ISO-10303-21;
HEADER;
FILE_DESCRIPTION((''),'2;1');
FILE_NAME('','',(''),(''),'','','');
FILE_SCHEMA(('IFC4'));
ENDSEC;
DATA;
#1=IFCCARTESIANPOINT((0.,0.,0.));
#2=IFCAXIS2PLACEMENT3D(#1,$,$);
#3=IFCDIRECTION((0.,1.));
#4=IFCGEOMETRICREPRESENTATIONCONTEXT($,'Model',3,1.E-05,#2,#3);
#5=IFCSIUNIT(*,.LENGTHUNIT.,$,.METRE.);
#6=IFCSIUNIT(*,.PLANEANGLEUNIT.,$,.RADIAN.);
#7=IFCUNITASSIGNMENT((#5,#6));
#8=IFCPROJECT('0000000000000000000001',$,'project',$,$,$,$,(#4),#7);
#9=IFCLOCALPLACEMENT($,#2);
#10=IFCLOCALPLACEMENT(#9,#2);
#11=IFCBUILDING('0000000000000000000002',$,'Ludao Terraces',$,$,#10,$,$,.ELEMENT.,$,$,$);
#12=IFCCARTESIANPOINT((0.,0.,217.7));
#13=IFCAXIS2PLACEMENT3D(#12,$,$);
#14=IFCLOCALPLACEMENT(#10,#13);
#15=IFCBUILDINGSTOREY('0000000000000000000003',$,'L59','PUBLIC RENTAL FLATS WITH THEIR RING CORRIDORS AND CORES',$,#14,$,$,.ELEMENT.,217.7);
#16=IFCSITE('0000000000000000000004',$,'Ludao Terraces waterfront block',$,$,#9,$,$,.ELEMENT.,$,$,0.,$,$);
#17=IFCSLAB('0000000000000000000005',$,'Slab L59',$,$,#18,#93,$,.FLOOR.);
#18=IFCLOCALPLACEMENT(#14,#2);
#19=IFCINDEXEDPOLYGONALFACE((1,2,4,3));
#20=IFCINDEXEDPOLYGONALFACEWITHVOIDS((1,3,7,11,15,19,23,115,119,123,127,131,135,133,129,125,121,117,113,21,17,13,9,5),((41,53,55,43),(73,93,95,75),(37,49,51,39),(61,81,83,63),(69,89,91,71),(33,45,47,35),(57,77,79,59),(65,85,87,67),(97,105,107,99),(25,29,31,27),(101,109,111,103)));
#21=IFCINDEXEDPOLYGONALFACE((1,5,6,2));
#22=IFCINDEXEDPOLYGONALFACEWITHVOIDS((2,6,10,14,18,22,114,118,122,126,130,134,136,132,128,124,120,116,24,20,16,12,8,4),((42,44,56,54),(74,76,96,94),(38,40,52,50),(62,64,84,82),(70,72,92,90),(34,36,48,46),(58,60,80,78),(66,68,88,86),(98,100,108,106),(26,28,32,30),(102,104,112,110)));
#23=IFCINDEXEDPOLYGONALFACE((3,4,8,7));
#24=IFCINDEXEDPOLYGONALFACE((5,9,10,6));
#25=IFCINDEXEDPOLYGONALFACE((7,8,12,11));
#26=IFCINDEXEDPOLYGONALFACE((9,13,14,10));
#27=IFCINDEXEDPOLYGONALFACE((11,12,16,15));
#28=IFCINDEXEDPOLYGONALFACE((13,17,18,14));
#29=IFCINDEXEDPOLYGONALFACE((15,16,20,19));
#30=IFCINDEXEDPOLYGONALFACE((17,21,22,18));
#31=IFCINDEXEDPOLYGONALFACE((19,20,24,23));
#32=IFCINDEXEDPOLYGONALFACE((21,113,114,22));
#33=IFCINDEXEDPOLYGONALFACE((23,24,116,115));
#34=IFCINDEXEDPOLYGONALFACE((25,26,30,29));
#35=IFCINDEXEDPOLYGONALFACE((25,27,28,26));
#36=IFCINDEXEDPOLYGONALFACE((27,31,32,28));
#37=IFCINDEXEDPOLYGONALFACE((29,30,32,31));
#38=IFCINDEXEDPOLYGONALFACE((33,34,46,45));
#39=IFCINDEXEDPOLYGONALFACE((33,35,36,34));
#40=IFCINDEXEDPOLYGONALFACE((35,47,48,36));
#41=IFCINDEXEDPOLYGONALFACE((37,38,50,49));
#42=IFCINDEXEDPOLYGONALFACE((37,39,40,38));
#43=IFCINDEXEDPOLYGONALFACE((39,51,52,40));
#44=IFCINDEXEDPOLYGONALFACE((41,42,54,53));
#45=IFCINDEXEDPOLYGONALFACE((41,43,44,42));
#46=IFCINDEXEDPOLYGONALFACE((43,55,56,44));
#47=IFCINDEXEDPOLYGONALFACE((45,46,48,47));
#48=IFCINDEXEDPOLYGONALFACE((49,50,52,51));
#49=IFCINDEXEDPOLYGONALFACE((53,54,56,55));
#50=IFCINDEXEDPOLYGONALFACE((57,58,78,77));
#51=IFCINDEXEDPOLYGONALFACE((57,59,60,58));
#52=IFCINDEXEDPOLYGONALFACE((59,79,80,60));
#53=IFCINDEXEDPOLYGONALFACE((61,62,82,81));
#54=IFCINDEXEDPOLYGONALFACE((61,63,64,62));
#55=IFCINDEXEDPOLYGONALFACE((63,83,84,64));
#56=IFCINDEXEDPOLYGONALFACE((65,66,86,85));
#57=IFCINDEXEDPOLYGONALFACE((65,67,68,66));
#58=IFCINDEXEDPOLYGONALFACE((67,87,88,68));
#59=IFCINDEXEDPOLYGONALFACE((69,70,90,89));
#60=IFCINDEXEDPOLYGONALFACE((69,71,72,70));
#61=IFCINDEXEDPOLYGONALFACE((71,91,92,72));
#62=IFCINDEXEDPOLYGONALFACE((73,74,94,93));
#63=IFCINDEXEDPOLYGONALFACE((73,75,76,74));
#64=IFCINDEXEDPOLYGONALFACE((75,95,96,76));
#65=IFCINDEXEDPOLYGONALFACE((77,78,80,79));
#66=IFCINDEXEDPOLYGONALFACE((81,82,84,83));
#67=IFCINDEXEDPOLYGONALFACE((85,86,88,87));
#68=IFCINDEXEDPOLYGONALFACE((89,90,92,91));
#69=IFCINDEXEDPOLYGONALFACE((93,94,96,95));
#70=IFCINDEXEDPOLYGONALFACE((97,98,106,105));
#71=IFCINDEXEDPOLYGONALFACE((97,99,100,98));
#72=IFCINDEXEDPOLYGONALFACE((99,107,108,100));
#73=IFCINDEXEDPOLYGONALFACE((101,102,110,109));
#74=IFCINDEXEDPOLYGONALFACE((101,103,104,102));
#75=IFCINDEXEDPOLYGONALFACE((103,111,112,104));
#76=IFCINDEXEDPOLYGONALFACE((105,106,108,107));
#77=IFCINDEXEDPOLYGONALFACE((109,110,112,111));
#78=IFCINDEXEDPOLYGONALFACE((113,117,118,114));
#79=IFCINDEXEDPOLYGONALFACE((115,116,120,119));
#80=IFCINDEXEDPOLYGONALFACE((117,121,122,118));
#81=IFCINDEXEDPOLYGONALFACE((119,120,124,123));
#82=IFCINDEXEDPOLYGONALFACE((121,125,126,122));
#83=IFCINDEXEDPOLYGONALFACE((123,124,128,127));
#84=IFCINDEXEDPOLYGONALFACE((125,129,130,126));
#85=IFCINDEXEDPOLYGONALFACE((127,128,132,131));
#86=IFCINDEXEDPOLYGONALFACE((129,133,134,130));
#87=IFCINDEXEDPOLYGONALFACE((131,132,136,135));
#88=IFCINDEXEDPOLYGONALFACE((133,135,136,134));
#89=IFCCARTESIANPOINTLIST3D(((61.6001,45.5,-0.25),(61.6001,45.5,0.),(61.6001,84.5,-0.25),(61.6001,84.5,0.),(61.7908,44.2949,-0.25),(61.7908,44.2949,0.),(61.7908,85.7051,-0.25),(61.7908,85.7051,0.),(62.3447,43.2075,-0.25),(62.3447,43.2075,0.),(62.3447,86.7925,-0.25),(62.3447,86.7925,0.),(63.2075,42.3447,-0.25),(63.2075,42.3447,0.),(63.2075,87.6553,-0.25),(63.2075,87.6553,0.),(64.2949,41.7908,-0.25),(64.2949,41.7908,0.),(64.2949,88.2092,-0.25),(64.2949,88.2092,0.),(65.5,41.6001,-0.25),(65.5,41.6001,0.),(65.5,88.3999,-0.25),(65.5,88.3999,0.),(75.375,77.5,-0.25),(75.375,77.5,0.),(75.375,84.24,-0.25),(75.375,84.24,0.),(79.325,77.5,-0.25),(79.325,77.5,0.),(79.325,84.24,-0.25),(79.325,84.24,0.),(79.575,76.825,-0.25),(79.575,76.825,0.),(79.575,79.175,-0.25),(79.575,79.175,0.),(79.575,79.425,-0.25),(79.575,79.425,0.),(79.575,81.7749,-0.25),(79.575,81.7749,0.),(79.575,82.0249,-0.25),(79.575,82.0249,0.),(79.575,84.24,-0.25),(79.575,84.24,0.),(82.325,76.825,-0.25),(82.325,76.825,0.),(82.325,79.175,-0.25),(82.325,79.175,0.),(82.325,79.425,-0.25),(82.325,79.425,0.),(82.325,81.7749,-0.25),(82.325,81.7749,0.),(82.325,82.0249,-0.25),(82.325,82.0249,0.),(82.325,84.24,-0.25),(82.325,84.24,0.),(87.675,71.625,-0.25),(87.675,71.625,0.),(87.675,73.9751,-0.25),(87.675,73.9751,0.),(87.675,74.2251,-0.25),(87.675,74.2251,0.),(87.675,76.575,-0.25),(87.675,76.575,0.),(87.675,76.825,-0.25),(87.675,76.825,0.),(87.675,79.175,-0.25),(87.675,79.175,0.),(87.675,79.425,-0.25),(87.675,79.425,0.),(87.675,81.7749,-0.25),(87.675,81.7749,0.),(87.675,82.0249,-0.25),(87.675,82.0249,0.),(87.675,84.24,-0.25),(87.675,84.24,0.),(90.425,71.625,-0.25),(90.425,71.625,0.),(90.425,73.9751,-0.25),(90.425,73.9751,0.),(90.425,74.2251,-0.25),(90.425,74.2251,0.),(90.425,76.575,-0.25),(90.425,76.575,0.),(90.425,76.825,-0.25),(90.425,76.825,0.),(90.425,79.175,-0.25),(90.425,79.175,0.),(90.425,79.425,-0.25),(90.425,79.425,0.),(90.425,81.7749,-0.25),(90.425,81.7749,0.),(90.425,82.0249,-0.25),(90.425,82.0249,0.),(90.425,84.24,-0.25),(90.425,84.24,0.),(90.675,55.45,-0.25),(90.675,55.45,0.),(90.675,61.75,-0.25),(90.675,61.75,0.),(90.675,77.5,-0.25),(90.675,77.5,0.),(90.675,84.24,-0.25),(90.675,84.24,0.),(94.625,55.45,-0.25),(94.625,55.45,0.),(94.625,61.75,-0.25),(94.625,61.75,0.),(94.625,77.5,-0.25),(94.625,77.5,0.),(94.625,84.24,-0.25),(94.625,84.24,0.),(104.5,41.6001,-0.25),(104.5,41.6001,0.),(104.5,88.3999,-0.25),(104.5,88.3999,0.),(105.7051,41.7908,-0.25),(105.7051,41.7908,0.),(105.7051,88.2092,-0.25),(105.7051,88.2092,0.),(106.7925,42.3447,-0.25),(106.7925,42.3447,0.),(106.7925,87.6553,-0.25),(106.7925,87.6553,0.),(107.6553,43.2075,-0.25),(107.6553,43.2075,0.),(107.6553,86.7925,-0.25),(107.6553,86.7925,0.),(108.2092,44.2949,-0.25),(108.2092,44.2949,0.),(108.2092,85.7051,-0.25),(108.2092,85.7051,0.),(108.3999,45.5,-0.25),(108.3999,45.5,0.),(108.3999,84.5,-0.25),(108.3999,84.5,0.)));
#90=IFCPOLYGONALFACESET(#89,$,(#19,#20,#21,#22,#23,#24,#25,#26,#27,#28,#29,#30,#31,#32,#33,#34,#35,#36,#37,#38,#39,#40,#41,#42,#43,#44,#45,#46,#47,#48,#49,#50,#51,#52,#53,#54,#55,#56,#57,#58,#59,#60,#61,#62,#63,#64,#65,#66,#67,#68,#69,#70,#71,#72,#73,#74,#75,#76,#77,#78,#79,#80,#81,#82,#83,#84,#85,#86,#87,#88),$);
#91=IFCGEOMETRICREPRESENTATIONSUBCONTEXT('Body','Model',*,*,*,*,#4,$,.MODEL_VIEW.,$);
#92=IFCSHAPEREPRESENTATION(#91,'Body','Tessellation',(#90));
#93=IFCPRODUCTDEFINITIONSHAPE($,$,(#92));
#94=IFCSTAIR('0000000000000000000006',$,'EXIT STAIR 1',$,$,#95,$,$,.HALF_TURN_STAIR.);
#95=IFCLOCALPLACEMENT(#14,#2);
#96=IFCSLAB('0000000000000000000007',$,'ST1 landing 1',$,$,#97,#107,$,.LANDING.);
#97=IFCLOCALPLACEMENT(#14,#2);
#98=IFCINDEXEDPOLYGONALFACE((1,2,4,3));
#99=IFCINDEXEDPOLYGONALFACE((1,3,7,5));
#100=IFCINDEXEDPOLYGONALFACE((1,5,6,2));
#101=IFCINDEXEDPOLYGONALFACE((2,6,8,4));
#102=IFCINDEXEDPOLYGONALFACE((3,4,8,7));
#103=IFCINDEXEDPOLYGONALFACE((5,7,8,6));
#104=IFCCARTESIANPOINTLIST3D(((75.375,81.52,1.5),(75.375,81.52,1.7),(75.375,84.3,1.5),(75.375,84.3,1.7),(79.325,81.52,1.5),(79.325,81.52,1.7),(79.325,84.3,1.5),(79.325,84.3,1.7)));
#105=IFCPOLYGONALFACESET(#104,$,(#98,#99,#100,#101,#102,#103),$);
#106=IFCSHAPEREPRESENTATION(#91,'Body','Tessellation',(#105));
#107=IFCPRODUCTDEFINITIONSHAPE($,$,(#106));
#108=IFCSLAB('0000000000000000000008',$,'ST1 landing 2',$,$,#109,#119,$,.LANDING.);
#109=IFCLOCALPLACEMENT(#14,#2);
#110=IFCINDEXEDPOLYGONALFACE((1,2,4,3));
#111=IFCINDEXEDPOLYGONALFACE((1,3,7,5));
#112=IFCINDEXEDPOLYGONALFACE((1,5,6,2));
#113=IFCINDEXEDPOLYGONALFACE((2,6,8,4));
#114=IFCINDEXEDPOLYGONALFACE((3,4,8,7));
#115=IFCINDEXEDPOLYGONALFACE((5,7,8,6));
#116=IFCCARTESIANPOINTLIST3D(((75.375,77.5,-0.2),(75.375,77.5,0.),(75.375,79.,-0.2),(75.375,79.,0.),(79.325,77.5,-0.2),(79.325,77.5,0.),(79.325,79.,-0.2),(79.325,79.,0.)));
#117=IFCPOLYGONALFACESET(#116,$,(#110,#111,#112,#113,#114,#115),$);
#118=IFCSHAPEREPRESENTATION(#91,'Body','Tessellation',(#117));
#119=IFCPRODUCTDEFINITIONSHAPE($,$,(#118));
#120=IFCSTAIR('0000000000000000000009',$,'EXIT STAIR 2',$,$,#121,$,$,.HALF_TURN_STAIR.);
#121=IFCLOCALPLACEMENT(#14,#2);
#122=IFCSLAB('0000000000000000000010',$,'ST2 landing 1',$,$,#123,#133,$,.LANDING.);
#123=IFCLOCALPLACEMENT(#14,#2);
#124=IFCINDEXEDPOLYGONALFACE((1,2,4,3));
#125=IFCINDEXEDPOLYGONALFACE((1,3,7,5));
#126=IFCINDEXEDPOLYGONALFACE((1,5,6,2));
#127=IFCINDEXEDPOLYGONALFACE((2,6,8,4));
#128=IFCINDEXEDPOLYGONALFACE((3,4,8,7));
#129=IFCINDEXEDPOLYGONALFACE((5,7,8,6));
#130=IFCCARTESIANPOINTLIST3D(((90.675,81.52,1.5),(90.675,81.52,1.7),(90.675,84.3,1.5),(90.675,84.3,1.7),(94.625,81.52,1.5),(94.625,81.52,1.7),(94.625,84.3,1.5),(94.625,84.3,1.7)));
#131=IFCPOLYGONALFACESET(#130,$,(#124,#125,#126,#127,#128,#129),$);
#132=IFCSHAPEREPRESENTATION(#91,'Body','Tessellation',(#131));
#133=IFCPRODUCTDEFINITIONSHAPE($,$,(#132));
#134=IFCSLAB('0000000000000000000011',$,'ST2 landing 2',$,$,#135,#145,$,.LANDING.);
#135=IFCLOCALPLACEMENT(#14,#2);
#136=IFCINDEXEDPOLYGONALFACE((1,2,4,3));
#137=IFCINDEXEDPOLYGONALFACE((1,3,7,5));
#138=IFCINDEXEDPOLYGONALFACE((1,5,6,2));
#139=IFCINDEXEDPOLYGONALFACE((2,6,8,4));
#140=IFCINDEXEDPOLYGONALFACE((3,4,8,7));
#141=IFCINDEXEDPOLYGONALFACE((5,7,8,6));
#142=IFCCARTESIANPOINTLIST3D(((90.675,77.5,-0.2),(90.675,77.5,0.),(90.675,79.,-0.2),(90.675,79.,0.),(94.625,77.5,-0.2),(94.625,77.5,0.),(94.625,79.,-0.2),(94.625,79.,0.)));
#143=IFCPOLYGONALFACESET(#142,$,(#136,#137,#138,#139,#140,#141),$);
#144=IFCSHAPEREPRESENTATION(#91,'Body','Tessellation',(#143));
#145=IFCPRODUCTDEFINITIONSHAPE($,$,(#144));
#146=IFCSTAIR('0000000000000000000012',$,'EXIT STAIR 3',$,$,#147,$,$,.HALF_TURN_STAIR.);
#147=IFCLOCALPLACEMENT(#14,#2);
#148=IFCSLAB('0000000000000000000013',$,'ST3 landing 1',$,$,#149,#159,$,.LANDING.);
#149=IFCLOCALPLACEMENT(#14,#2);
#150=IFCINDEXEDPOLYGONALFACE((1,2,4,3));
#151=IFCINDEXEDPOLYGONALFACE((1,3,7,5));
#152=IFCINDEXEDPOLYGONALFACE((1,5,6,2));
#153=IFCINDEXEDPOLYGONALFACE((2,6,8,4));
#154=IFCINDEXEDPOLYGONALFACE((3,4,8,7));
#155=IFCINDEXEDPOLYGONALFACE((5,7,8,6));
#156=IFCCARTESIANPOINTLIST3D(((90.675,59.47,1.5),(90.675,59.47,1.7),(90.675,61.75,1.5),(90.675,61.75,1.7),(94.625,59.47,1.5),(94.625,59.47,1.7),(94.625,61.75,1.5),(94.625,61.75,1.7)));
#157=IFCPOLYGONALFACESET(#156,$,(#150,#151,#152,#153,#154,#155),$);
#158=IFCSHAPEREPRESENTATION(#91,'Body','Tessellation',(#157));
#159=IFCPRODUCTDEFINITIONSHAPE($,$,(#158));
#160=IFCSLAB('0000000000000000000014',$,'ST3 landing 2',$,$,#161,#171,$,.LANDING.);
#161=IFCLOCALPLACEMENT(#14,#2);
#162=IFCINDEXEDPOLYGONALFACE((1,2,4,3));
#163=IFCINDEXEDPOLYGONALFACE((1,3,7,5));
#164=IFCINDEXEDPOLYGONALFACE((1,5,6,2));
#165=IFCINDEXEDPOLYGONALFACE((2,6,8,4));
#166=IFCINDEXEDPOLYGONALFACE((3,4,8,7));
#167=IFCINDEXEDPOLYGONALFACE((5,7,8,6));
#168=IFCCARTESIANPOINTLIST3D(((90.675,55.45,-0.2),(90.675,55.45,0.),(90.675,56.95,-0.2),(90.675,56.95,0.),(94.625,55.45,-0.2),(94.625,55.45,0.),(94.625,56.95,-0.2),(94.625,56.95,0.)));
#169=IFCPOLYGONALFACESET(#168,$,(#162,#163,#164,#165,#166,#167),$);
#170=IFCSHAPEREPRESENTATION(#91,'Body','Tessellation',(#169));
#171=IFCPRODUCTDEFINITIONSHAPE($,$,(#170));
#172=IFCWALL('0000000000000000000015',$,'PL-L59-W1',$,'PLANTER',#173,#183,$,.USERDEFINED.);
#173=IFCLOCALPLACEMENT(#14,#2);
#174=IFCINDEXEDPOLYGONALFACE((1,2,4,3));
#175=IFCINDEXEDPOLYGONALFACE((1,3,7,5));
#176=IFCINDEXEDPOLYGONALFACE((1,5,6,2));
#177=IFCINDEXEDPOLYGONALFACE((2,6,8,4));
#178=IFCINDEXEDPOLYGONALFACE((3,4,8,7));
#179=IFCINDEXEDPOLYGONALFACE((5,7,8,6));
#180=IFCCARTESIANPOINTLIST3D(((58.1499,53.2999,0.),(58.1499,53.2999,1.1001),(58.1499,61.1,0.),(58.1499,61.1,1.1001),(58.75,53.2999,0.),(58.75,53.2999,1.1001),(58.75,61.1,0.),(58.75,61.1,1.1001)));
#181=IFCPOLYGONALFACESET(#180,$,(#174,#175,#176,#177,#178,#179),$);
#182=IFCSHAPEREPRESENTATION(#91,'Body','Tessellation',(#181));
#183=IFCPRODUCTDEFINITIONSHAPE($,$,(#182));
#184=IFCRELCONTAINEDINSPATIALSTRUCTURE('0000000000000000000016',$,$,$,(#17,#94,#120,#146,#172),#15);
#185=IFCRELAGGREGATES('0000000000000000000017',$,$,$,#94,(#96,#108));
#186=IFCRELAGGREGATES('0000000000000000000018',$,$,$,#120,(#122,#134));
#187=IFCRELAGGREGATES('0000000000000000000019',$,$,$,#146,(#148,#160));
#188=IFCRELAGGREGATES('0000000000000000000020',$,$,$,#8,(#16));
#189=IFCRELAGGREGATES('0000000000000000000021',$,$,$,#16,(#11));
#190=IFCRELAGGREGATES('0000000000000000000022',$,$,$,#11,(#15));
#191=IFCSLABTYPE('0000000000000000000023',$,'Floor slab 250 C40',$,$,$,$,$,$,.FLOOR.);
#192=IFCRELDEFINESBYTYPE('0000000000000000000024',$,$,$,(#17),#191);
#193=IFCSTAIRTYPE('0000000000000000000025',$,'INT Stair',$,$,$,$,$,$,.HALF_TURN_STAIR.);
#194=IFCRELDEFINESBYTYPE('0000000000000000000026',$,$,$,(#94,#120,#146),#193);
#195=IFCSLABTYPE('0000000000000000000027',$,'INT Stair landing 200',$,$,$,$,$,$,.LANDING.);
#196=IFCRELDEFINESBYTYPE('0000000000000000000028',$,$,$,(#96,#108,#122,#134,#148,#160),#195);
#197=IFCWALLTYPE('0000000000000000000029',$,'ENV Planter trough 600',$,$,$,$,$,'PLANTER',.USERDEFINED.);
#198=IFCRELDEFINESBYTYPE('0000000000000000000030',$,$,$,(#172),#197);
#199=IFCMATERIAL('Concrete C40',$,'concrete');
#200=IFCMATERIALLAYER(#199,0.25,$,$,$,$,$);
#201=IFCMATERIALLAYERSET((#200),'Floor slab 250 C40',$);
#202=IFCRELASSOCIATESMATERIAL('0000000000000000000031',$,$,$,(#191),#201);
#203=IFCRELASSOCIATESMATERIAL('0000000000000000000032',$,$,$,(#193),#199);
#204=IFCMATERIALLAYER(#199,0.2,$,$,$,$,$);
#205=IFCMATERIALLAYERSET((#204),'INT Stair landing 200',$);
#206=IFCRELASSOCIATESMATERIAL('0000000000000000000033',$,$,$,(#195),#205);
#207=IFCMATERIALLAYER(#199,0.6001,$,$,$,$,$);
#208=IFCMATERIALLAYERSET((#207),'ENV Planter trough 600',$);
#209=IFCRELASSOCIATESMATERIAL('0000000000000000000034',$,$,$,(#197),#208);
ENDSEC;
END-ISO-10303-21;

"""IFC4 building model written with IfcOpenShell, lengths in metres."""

from ifc_helpers import new_model, si_unit, direction, frame, frame_2d, origin, place, context, subcontext, project, spatial, polyline, rectangle, outline, extrude, material, layer, layer_set, type_object, element, aggregate, save


model = new_model("IFC4")

# Units and contexts
model_context = context("Model", 3, precision=1e-05, world=origin(), true_north=direction((0.0, 1.0)))
body_context = subcontext(model_context, "Body", "Model", "MODEL_VIEW")
ifc_project = project(units=[si_unit("LENGTHUNIT", "METRE"), si_unit("PLANEANGLEUNIT", "RADIAN")], contexts=[model_context])

# Site, building, storey
site_placement = place(None, origin())
site = spatial("IfcSite", under=ifc_project, at=site_placement, Name="Ludao Terraces waterfront block", CompositionType="ELEMENT", RefElevation=0.0)
building_placement = place(site_placement, origin())
building = spatial("IfcBuilding", under=site, at=building_placement, Name="Ludao Terraces", CompositionType="ELEMENT")
storey_placement = place(building_placement, frame((0.0, 0.0, 217.7)))
storey = spatial("IfcBuildingStorey", under=building, at=storey_placement, Name="L59", Description="PUBLIC RENTAL FLATS WITH THEIR RING CORRIDORS AND CORES", CompositionType="ELEMENT", Elevation=217.7)

# Shared definitions
ifc_material_1 = material(Name="Concrete C40", Category="concrete")

# Slab
ifc_layer_1 = layer(ifc_material_1, 0.25)
ifc_layer_set_1 = layer_set([ifc_layer_1], Name="Floor slab 250 C40")
slab_type_1 = type_object("IfcSlabType", Name="Floor slab 250 C40", PredefinedType="FLOOR", material=ifc_layer_set_1)
slab_1_placement = place(storey_placement, frame((0.0, 0.0, -0.25)))
element("IfcSlab", 1, at=slab_1_placement, inside=storey, type_object=slab_type_1, Name="Slab L59", PredefinedType="FLOOR", context=body_context, shape_type="SweptSolid", body=[
    extrude(outline(polyline([(104.5, 41.6001), (105.7051, 41.7908), (106.7925, 42.3447), (107.6553, 43.2075), (108.2092, 44.2949), (108.3999, 45.5), (108.3999, 84.5), (108.2092, 85.7051), (107.6553, 86.7925), (106.7925, 87.6553), (105.7051, 88.2092), (104.5, 88.3999), (65.5, 88.3999), (64.2949, 88.2092), (63.2075, 87.6553), (62.3447, 86.7925), (61.7908, 85.7051), (61.6001, 84.5), (61.6001, 45.5), (61.7908, 44.2949), (62.3447, 43.2075), (63.2075, 42.3447), (64.2949, 41.7908), (65.5, 41.6001), (104.5, 41.6001)]), holes=[polyline([(79.575, 76.825), (82.325, 76.825), (82.325, 79.175), (79.575, 79.175), (79.575, 76.825)]), polyline([(79.575, 79.425), (82.325, 79.425), (82.325, 81.7749), (79.575, 81.7749), (79.575, 79.425)]), polyline([(79.575, 82.0249), (82.325, 82.0249), (82.325, 84.24), (79.575, 84.24), (79.575, 82.0249)]), polyline([(87.675, 71.625), (90.425, 71.625), (90.425, 73.9751), (87.675, 73.9751), (87.675, 71.625)]), polyline([(87.675, 74.2251), (90.425, 74.2251), (90.425, 76.575), (87.675, 76.575), (87.675, 74.2251)]), polyline([(87.675, 76.825), (90.425, 76.825), (90.425, 79.175), (87.675, 79.175), (87.675, 76.825)]), polyline([(87.675, 79.425), (90.425, 79.425), (90.425, 81.7749), (87.675, 81.7749), (87.675, 79.425)]), polyline([(87.675, 82.0249), (90.425, 82.0249), (90.425, 84.24), (87.675, 84.24), (87.675, 82.0249)]), polyline([(75.375, 77.5), (79.325, 77.5), (79.325, 84.24), (75.375, 84.24), (75.375, 77.5)]), polyline([(90.675, 77.5), (94.625, 77.5), (94.625, 84.24), (90.675, 84.24), (90.675, 77.5)]), polyline([(90.675, 55.45), (94.625, 55.45), (94.625, 61.75), (90.675, 61.75), (90.675, 55.45)])]), origin(), (0.0, 0.0, 1.0), 0.25),
])

# Stairs, slabs
stair_type = type_object("IfcStairType", Name="INT Stair", PredefinedType="HALF_TURN_STAIR", material=ifc_material_1)
stair_1_placement = place(storey_placement, origin())
stair_1 = element("IfcStair", 2, at=stair_1_placement, inside=storey, type_object=stair_type, Name="EXIT STAIR 1", PredefinedType="HALF_TURN_STAIR")
ifc_layer_2 = layer(ifc_material_1, 0.2)
ifc_layer_set_2 = layer_set([ifc_layer_2], Name="INT Stair landing 200")
slab_type_2 = type_object("IfcSlabType", Name="INT Stair landing 200", PredefinedType="LANDING", material=ifc_layer_set_2)
slab_2_placement = place(storey_placement, frame((0.0, 0.0, 1.5)))
slab_2 = element("IfcSlab", 3, at=slab_2_placement, type_object=slab_type_2, Name="ST1 landing 1", PredefinedType="LANDING", context=body_context, shape_type="SweptSolid", body=[
    extrude(outline(polyline([(75.375, 81.52), (79.325, 81.52), (79.325, 84.3), (75.375, 84.3), (75.375, 81.52)])), origin(), (0.0, 0.0, 1.0), 0.2),
])
slab_3_placement = place(storey_placement, frame((0.0, 0.0, -0.2)))
slab_3 = element("IfcSlab", 4, at=slab_3_placement, type_object=slab_type_2, Name="ST1 landing 2", PredefinedType="LANDING", context=body_context, shape_type="SweptSolid", body=[
    extrude(outline(polyline([(75.375, 77.5), (79.325, 77.5), (79.325, 79.0), (75.375, 79.0), (75.375, 77.5)])), origin(), (0.0, 0.0, 1.0), 0.2),
])
aggregate(stair_1, [slab_2, slab_3])
stair_2_placement = place(storey_placement, origin())
stair_2 = element("IfcStair", 5, at=stair_2_placement, inside=storey, type_object=stair_type, Name="EXIT STAIR 2", PredefinedType="HALF_TURN_STAIR")
slab_4_placement = place(storey_placement, frame((0.0, 0.0, 1.5)))
slab_4 = element("IfcSlab", 6, at=slab_4_placement, type_object=slab_type_2, Name="ST2 landing 1", PredefinedType="LANDING", context=body_context, shape_type="SweptSolid", body=[
    extrude(outline(polyline([(90.675, 81.52), (94.625, 81.52), (94.625, 84.3), (90.675, 84.3), (90.675, 81.52)])), origin(), (0.0, 0.0, 1.0), 0.2),
])
slab_5_placement = place(storey_placement, frame((0.0, 0.0, -0.2)))
slab_5 = element("IfcSlab", 7, at=slab_5_placement, type_object=slab_type_2, Name="ST2 landing 2", PredefinedType="LANDING", context=body_context, shape_type="SweptSolid", body=[
    extrude(outline(polyline([(90.675, 77.5), (94.625, 77.5), (94.625, 79.0), (90.675, 79.0), (90.675, 77.5)])), origin(), (0.0, 0.0, 1.0), 0.2),
])
aggregate(stair_2, [slab_4, slab_5])
stair_3_placement = place(storey_placement, origin())
stair_3 = element("IfcStair", 8, at=stair_3_placement, inside=storey, type_object=stair_type, Name="EXIT STAIR 3", PredefinedType="HALF_TURN_STAIR")
slab_6_placement = place(storey_placement, frame((0.0, 0.0, 1.5)))
slab_6 = element("IfcSlab", 9, at=slab_6_placement, type_object=slab_type_2, Name="ST3 landing 1", PredefinedType="LANDING", context=body_context, shape_type="SweptSolid", body=[
    extrude(outline(polyline([(90.675, 59.47), (94.625, 59.47), (94.625, 61.75), (90.675, 61.75), (90.675, 59.47)])), origin(), (0.0, 0.0, 1.0), 0.2),
])
slab_7_placement = place(storey_placement, frame((0.0, 0.0, -0.2)))
slab_7 = element("IfcSlab", 10, at=slab_7_placement, type_object=slab_type_2, Name="ST3 landing 2", PredefinedType="LANDING", context=body_context, shape_type="SweptSolid", body=[
    extrude(outline(polyline([(90.675, 55.45), (94.625, 55.45), (94.625, 56.95), (90.675, 56.95), (90.675, 55.45)])), origin(), (0.0, 0.0, 1.0), 0.2),
])
aggregate(stair_3, [slab_6, slab_7])

# Wall
ifc_layer_3 = layer(ifc_material_1, 0.6001)
ifc_layer_set_3 = layer_set([ifc_layer_3], Name="ENV Planter trough 600")
wall_type = type_object("IfcWallType", Name="ENV Planter trough 600", ElementType="PLANTER", PredefinedType="USERDEFINED", material=ifc_layer_set_3)
wall_1_placement = place(storey_placement, frame((58.45, 53.3, 0.0), z_axis=(0.0, 0.0, 1.0), x_axis=(0.0, 1.0, 0.0)))
element("IfcWall", 11, at=wall_1_placement, inside=storey, type_object=wall_type, Name="PL-L59-W1", ObjectType="PLANTER", PredefinedType="USERDEFINED", context=body_context, shape_type="SweptSolid", body=[
    extrude(rectangle(XDim=7.8, YDim=0.6001, at=frame_2d((3.8999, 0.0))), origin(), (0.0, 0.0, 1.0), 1.1001),
])

save(model, "model.ifc")
